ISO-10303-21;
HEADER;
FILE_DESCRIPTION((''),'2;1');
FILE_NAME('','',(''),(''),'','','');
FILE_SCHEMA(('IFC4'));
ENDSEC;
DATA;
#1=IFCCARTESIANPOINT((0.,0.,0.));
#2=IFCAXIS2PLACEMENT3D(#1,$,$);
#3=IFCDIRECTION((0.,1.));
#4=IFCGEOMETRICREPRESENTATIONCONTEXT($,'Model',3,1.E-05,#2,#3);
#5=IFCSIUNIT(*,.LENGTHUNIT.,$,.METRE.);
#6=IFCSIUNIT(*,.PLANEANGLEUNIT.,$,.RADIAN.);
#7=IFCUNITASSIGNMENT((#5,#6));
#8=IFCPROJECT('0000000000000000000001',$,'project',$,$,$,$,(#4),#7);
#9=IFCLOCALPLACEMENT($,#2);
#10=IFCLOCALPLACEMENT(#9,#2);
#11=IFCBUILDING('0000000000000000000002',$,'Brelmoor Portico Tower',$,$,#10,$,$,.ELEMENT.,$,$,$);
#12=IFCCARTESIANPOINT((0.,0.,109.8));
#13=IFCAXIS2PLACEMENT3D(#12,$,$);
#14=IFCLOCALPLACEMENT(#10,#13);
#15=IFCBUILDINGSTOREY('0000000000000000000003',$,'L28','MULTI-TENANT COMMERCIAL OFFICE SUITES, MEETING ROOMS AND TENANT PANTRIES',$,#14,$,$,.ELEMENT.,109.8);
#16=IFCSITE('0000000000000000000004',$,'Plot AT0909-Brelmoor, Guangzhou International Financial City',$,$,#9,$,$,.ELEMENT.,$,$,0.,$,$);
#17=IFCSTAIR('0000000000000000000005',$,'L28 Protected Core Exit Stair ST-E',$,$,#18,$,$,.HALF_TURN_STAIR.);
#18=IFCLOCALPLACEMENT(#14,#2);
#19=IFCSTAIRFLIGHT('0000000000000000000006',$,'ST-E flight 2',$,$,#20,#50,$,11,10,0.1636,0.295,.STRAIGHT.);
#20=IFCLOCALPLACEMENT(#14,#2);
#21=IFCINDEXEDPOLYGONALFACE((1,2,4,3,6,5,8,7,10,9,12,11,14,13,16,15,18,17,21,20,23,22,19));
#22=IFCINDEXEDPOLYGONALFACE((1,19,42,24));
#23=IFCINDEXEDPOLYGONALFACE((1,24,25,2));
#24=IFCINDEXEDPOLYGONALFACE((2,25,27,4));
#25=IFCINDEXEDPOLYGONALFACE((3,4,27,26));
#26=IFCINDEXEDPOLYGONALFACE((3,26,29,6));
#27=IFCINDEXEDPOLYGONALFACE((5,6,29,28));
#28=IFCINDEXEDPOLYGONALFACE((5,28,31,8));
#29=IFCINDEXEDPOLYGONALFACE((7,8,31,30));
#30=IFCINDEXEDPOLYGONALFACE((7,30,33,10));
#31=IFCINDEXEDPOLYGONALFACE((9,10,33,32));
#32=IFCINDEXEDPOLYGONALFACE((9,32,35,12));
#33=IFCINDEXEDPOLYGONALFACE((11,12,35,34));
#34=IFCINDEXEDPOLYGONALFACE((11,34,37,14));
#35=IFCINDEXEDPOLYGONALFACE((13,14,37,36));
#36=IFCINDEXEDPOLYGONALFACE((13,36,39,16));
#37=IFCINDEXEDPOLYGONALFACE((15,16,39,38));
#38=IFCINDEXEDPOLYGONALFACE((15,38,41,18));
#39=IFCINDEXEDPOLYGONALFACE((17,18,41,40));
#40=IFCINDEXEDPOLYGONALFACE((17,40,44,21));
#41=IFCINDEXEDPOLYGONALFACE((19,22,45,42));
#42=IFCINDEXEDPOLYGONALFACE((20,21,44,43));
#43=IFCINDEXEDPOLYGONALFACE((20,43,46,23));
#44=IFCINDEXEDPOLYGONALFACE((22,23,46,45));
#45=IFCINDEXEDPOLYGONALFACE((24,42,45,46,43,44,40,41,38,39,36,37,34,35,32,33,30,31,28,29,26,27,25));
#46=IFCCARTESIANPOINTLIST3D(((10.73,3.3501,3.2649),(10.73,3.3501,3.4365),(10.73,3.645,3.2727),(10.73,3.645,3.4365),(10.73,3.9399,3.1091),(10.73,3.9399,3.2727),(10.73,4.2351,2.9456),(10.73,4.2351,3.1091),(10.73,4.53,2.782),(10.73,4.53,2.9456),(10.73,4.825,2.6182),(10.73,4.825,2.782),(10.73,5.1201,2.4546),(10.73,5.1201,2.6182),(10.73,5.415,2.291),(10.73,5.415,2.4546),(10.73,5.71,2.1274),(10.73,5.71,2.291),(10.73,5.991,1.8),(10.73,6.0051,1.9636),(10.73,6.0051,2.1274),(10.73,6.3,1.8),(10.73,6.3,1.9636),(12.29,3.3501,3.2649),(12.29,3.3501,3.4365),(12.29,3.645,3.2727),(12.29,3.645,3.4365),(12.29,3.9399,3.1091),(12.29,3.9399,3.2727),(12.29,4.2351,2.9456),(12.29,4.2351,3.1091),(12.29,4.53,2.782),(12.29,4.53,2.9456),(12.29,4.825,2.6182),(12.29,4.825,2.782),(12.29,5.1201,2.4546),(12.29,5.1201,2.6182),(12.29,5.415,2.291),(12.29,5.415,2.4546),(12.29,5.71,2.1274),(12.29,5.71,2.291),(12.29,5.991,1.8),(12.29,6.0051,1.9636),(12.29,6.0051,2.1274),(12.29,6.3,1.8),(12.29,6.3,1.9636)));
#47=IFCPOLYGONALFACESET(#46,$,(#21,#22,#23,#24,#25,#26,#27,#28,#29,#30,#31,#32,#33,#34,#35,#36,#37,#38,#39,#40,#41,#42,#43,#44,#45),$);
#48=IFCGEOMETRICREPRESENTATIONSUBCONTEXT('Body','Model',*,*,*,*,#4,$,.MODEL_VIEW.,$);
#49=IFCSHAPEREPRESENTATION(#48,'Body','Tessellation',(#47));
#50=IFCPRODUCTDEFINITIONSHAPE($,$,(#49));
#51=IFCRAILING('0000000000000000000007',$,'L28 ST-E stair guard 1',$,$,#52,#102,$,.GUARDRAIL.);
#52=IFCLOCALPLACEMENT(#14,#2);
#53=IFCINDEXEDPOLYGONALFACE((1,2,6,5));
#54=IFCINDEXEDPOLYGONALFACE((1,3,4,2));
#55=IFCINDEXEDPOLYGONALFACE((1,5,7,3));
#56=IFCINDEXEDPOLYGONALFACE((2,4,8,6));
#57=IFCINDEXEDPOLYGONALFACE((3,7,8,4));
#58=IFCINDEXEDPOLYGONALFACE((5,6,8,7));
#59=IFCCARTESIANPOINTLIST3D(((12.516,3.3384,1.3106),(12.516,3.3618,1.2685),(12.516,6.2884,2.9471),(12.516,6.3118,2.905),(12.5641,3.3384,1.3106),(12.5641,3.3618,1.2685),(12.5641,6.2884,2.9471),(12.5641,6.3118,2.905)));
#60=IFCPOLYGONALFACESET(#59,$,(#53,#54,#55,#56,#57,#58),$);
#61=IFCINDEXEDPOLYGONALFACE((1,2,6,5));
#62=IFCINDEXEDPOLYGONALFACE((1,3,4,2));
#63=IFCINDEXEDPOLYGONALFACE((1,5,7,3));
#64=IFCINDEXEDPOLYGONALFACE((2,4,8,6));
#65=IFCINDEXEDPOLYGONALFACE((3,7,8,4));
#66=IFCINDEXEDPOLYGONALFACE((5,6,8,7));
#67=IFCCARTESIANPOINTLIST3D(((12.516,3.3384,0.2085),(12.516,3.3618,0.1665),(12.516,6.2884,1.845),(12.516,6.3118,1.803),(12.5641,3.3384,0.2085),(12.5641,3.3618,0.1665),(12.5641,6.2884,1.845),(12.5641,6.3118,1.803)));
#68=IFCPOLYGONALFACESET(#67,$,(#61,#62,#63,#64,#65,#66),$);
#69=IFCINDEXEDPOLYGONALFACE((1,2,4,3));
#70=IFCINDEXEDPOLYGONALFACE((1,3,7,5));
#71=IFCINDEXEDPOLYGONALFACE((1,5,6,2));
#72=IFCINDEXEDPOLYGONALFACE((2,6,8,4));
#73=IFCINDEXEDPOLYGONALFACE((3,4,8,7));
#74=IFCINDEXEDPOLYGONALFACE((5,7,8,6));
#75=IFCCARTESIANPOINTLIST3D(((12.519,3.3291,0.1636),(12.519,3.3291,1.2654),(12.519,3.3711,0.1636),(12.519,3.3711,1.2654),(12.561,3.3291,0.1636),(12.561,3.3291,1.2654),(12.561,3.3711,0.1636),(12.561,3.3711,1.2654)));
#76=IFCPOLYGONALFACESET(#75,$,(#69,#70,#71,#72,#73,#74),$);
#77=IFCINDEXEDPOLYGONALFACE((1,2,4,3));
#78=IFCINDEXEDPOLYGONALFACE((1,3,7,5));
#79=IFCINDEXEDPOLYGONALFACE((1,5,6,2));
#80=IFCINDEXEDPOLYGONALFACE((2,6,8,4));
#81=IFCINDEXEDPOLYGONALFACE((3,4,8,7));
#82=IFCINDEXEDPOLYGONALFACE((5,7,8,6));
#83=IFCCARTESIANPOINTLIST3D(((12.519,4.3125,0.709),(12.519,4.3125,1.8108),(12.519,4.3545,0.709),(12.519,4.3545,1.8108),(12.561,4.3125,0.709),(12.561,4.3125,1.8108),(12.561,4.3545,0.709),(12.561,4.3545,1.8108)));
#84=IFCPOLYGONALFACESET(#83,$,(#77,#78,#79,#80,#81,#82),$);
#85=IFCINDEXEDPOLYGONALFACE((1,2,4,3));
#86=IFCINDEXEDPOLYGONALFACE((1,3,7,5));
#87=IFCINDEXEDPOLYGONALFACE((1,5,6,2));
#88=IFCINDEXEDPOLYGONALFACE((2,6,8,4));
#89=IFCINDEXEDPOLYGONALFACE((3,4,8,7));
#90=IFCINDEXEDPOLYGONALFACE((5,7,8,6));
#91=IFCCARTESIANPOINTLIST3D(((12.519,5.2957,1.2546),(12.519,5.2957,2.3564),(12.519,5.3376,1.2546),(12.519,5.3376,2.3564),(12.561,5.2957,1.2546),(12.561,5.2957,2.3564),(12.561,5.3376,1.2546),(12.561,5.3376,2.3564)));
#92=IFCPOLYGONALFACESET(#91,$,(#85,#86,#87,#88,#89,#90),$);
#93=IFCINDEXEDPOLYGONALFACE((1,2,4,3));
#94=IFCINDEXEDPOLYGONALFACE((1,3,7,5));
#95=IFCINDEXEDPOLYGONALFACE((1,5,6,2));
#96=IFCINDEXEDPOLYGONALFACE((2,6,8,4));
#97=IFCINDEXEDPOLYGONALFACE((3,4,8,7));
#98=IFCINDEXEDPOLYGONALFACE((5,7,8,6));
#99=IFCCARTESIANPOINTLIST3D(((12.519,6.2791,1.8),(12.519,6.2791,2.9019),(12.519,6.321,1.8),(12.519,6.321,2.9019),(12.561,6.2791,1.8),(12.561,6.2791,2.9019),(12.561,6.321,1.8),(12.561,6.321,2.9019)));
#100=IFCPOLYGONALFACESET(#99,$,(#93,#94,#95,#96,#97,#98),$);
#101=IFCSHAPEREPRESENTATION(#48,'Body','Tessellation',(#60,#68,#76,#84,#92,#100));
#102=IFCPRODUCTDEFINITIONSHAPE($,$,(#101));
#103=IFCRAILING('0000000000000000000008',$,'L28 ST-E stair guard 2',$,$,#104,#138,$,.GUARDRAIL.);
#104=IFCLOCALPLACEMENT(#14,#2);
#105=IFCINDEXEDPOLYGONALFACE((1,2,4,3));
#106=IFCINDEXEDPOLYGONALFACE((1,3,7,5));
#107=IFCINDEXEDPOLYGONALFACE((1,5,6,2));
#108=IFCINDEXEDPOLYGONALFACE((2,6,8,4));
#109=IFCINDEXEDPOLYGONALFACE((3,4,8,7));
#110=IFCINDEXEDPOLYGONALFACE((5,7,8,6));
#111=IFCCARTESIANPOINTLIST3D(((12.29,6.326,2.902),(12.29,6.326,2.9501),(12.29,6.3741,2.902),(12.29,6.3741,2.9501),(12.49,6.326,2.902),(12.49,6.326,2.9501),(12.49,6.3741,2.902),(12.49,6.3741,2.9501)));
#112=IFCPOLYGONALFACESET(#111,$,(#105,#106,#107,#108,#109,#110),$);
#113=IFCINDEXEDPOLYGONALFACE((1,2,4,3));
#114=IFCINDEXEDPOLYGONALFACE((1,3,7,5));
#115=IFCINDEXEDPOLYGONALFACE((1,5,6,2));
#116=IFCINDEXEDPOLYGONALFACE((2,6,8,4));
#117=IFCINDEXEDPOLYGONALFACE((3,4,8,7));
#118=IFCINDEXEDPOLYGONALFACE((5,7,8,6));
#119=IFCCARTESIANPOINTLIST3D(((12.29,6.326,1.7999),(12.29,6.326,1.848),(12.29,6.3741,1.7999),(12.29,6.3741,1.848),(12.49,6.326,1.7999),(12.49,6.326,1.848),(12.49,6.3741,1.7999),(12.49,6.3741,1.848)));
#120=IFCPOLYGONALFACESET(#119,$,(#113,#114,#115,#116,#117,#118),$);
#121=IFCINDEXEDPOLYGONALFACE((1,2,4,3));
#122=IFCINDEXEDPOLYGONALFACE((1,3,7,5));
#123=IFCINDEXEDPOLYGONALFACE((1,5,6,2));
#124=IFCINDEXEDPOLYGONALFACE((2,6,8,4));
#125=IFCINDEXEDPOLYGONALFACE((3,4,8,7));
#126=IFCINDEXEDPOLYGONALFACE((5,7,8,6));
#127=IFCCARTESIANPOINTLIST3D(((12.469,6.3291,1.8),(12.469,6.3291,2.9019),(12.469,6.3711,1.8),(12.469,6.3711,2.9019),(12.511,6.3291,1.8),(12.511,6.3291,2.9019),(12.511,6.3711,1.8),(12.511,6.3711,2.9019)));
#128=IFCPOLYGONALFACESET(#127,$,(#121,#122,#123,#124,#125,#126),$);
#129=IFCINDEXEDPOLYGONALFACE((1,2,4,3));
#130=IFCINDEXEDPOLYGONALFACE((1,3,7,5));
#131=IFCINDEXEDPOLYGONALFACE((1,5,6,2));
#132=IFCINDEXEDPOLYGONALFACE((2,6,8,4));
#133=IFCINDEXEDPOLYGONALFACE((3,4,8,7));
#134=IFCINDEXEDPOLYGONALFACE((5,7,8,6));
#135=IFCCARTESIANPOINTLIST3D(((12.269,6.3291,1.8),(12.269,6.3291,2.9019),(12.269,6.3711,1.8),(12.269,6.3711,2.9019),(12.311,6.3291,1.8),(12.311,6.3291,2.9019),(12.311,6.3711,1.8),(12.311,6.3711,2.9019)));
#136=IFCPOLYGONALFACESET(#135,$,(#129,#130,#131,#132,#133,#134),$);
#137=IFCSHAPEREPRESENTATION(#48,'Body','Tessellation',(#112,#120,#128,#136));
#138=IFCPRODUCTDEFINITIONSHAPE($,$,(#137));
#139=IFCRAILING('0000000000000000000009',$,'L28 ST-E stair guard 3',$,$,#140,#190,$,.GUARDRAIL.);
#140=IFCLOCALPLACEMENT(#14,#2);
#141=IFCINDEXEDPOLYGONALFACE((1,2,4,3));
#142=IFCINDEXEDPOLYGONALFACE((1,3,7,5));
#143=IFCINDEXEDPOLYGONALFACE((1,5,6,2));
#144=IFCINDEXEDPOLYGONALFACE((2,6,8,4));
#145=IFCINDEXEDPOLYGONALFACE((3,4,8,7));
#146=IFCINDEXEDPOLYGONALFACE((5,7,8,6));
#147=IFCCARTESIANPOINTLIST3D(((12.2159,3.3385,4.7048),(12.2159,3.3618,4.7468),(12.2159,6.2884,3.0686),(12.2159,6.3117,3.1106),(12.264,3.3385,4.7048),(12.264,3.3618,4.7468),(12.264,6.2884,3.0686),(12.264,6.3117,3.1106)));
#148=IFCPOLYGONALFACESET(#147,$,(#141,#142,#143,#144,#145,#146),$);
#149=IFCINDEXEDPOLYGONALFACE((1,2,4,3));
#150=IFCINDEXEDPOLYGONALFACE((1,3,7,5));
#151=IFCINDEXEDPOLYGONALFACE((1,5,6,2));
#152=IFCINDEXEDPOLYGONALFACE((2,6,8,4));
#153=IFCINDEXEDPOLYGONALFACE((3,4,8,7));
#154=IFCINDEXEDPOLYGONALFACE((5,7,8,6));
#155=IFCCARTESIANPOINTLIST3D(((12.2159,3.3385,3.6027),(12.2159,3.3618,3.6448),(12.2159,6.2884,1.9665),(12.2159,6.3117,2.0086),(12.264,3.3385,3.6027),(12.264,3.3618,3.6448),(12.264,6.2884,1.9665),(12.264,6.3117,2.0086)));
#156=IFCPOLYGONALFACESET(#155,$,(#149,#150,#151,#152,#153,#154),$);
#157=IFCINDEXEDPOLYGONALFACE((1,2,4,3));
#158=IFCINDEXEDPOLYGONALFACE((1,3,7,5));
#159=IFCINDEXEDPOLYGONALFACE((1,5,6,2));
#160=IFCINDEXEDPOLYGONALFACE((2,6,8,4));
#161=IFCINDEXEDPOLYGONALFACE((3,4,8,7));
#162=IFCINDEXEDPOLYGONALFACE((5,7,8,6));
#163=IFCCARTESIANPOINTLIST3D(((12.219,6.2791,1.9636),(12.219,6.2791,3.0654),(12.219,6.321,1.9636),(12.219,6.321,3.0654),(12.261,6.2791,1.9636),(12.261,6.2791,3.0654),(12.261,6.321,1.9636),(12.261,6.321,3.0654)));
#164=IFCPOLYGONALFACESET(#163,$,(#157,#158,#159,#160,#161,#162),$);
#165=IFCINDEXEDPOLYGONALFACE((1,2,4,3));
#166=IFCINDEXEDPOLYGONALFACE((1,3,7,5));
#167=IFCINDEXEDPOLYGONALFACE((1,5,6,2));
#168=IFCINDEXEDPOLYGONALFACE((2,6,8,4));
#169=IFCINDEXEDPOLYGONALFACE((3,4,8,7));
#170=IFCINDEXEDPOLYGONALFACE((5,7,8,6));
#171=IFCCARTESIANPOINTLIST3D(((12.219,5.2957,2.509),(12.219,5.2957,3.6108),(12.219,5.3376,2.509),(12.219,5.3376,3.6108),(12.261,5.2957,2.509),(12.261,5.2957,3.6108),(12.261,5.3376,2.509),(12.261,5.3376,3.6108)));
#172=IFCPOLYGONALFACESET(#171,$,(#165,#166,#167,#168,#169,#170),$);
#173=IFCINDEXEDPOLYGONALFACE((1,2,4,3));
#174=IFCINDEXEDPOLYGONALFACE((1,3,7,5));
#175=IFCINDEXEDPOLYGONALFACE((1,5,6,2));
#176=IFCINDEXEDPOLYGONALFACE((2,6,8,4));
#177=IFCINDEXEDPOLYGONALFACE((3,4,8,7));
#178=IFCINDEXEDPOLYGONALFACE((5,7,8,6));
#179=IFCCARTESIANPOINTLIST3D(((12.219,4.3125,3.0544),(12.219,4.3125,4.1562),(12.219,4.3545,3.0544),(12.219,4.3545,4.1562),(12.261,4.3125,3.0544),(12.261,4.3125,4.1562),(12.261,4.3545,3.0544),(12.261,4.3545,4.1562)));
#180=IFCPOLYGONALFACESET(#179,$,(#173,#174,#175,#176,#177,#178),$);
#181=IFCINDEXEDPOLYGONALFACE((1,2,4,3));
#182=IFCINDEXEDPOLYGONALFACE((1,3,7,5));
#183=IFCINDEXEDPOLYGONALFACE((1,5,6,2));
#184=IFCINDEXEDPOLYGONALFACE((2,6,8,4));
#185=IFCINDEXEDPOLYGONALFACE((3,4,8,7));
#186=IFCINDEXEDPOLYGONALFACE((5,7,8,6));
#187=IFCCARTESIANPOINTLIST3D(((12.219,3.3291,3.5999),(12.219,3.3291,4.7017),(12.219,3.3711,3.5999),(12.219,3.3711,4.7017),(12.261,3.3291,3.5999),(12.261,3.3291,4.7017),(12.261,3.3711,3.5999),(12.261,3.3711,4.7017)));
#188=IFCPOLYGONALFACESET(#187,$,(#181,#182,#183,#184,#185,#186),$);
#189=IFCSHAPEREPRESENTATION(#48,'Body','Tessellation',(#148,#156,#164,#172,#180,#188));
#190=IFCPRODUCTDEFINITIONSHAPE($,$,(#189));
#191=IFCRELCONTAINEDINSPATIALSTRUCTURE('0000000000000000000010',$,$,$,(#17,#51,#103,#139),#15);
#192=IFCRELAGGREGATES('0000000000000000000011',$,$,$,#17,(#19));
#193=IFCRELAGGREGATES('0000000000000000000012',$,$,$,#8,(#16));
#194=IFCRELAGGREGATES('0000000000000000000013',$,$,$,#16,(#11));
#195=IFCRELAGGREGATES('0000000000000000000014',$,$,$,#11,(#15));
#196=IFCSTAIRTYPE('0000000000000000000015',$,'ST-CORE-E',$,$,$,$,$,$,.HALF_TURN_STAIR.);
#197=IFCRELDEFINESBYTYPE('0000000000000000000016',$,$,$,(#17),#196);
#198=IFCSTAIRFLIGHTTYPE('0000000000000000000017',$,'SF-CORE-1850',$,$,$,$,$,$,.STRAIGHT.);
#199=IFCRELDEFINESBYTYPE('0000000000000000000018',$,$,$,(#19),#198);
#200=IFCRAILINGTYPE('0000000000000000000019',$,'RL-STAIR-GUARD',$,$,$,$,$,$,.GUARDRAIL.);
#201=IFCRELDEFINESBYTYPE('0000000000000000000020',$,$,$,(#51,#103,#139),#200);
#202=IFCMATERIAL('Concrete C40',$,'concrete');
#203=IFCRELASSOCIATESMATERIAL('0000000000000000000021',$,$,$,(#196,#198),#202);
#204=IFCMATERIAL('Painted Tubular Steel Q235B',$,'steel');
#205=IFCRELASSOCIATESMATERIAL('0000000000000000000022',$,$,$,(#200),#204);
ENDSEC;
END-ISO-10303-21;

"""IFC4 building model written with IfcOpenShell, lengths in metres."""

from ifc_helpers import new_model, si_unit, direction, frame, origin, origin_2d, place, context, subcontext, project, spatial, polyline, rectangle, outline, extrude, material, type_object, element, aggregate, save


model = new_model("IFC4")

# Units and contexts
model_context = context("Model", 3, precision=1e-05, world=origin(), true_north=direction((0.0, 1.0)))
body_context = subcontext(model_context, "Body", "Model", "MODEL_VIEW")
ifc_project = project(units=[si_unit("LENGTHUNIT", "METRE"), si_unit("PLANEANGLEUNIT", "RADIAN")], contexts=[model_context])

# Site, building, storey
site_placement = place(None, origin())
site = spatial("IfcSite", under=ifc_project, at=site_placement, Name="Plot AT0909-Brelmoor, Guangzhou International Financial City", CompositionType="ELEMENT", RefElevation=0.0)
building_placement = place(site_placement, origin())
building = spatial("IfcBuilding", under=site, at=building_placement, Name="Brelmoor Portico Tower", CompositionType="ELEMENT")
storey_placement = place(building_placement, frame((0.0, 0.0, 109.8)))
storey = spatial("IfcBuildingStorey", under=building, at=storey_placement, Name="L28", Description="MULTI-TENANT COMMERCIAL OFFICE SUITES, MEETING ROOMS AND TENANT PANTRIES", CompositionType="ELEMENT", Elevation=109.8)

# Shared definitions
ifc_material_1 = material(Name="Concrete C40", Category="concrete")

# Stair, stair flight
stair_type = type_object("IfcStairType", Name="ST-CORE-E", PredefinedType="HALF_TURN_STAIR", material=ifc_material_1)
stair_placement = place(storey_placement, origin())
stair = element("IfcStair", 1, at=stair_placement, inside=storey, type_object=stair_type, Name="L28 Protected Core Exit Stair ST-E", PredefinedType="HALF_TURN_STAIR")
stair_flight_type = type_object("IfcStairFlightType", Name="SF-CORE-1850", PredefinedType="STRAIGHT", material=ifc_material_1)
stair_flight_1_placement = place(storey_placement, frame((11.51, 6.3, 1.8), z_axis=(0.0, 0.0, 1.0), x_axis=(0.0, -1.0, 0.0)))
stair_flight_1 = element("IfcStairFlight", 2, at=stair_flight_1_placement, type_object=stair_flight_type, Name="ST-E flight 2", NumberOfRisers=11, NumberOfTreads=10, PredefinedType="STRAIGHT", RiserHeight=0.1636, TreadLength=0.295, context=body_context, shape_type="SweptSolid", body=[
    extrude(outline(polyline([(0.0, 0.0), (0.0, 0.1636), (0.2949, 0.1636), (0.2949, 0.3274), (0.5901, 0.3274), (0.5901, 0.491), (0.885, 0.491), (0.885, 0.6545), (1.1799, 0.6545), (1.1799, 0.8181), (1.4751, 0.8181), (1.4751, 0.9819), (1.77, 0.9819), (1.77, 1.1455), (2.0649, 1.1455), (2.0649, 1.3091), (2.3601, 1.3091), (2.3601, 1.4727), (2.655, 1.4727), (2.655, 1.6365), (2.95, 1.6365), (2.95, 1.8), (2.95, 1.4648), (0.3091, 0.0), (0.0, 0.0)])), frame((0.0, 0.78, 0.0), z_axis=(0.0, -1.0, 0.0), x_axis=(1.0, 0.0, 0.0)), (0.0, 0.0, 1.0), 1.5601),
])
aggregate(stair, [stair_flight_1])

# Railings
ifc_material_2 = material(Name="Painted Tubular Steel Q235B", Category="steel")
railing_type_1 = type_object("IfcRailingType", Name="RL-STAIR-GUARD", PredefinedType="GUARDRAIL", material=ifc_material_2)
railing_1_placement = place(storey_placement, frame((12.54, 3.3501, 0.1636)))
element("IfcRailing", 3, at=railing_1_placement, inside=storey, type_object=railing_type_1, Name="L28 ST-E stair guard 1", PredefinedType="GUARDRAIL", context=body_context, shape_type="SweptSolid", body=[
    extrude(rectangle(XDim=0.0481, YDim=0.0481, at=origin_2d()), frame((0.0, 0.0, 1.126), z_axis=(0.0, 0.874458, 0.485102), x_axis=(-1.0, 0.0, 0.0)), (0.0, 0.0, 1.0), 3.3735),
    extrude(rectangle(XDim=0.0481, YDim=0.0481, at=origin_2d()), frame((0.0, 0.0, 0.0239), z_axis=(0.0, 0.874458, 0.485102), x_axis=(-1.0, 0.0, 0.0)), (0.0, 0.0, 1.0), 3.3735),
    extrude(rectangle(XDim=0.042, YDim=0.042, at=origin_2d()), origin(), (0.0, 0.0, 1.0), 1.1018),
    extrude(rectangle(XDim=0.042, YDim=0.042, at=origin_2d()), frame((0.0, 0.9834, 0.5454)), (0.0, 0.0, 1.0), 1.1018),
    extrude(rectangle(XDim=0.042, YDim=0.042, at=origin_2d()), frame((0.0, 1.9666, 1.0911)), (0.0, 0.0, 1.0), 1.1018),
    extrude(rectangle(XDim=0.042, YDim=0.042, at=origin_2d()), frame((0.0, 2.95, 1.6365)), (0.0, 0.0, 1.0), 1.1018),
])
railing_2_placement = place(storey_placement, frame((12.49, 6.3501, 1.8)))
element("IfcRailing", 4, at=railing_2_placement, inside=storey, type_object=railing_type_1, Name="L28 ST-E stair guard 2", PredefinedType="GUARDRAIL", context=body_context, shape_type="SweptSolid", body=[
    extrude(rectangle(XDim=0.0481, YDim=0.0481, at=origin_2d()), frame((0.0, 0.0, 1.126), z_axis=(-1.0, 0.0, 0.0), x_axis=(0.0, -1.0, 0.0)), (0.0, 0.0, 1.0), 0.2),
    extrude(rectangle(XDim=0.0481, YDim=0.0481, at=origin_2d()), frame((0.0, 0.0, 0.0239), z_axis=(-1.0, 0.0, 0.0), x_axis=(0.0, -1.0, 0.0)), (0.0, 0.0, 1.0), 0.2),
    extrude(rectangle(XDim=0.042, YDim=0.042, at=origin_2d()), origin(), (0.0, 0.0, 1.0), 1.1018),
    extrude(rectangle(XDim=0.042, YDim=0.042, at=origin_2d()), frame((-0.2, 0.0, 0.0)), (0.0, 0.0, 1.0), 1.1018),
])
railing_3_placement = place(storey_placement, frame((12.24, 6.3, 1.9636)))
element("IfcRailing", 5, at=railing_3_placement, inside=storey, type_object=railing_type_1, Name="L28 ST-E stair guard 3", PredefinedType="GUARDRAIL", context=body_context, shape_type="SweptSolid", body=[
    extrude(rectangle(XDim=0.0481, YDim=0.0481, at=origin_2d()), frame((0.0, 0.0, 1.126), z_axis=(0.0, -0.874488, 0.485047), x_axis=(1.0, 0.0, 0.0)), (0.0, 0.0, 1.0), 3.3733),
    extrude(rectangle(XDim=0.0481, YDim=0.0481, at=origin_2d()), frame((0.0, 0.0, 0.0239), z_axis=(0.0, -0.874488, 0.485047), x_axis=(1.0, 0.0, 0.0)), (0.0, 0.0, 1.0), 3.3733),
    extrude(rectangle(XDim=0.042, YDim=0.042, at=origin_2d()), origin(), (0.0, 0.0, 1.0), 1.1018),
    extrude(rectangle(XDim=0.042, YDim=0.042, at=origin_2d()), frame((0.0, -0.9834, 0.5454)), (0.0, 0.0, 1.0), 1.1018),
    extrude(rectangle(XDim=0.042, YDim=0.042, at=origin_2d()), frame((0.0, -1.9666, 1.0908)), (0.0, 0.0, 1.0), 1.1018),
    extrude(rectangle(XDim=0.042, YDim=0.042, at=origin_2d()), frame((0.0, -2.95, 1.6362)), (0.0, 0.0, 1.0), 1.1018),
])

save(model, "model.ifc")
